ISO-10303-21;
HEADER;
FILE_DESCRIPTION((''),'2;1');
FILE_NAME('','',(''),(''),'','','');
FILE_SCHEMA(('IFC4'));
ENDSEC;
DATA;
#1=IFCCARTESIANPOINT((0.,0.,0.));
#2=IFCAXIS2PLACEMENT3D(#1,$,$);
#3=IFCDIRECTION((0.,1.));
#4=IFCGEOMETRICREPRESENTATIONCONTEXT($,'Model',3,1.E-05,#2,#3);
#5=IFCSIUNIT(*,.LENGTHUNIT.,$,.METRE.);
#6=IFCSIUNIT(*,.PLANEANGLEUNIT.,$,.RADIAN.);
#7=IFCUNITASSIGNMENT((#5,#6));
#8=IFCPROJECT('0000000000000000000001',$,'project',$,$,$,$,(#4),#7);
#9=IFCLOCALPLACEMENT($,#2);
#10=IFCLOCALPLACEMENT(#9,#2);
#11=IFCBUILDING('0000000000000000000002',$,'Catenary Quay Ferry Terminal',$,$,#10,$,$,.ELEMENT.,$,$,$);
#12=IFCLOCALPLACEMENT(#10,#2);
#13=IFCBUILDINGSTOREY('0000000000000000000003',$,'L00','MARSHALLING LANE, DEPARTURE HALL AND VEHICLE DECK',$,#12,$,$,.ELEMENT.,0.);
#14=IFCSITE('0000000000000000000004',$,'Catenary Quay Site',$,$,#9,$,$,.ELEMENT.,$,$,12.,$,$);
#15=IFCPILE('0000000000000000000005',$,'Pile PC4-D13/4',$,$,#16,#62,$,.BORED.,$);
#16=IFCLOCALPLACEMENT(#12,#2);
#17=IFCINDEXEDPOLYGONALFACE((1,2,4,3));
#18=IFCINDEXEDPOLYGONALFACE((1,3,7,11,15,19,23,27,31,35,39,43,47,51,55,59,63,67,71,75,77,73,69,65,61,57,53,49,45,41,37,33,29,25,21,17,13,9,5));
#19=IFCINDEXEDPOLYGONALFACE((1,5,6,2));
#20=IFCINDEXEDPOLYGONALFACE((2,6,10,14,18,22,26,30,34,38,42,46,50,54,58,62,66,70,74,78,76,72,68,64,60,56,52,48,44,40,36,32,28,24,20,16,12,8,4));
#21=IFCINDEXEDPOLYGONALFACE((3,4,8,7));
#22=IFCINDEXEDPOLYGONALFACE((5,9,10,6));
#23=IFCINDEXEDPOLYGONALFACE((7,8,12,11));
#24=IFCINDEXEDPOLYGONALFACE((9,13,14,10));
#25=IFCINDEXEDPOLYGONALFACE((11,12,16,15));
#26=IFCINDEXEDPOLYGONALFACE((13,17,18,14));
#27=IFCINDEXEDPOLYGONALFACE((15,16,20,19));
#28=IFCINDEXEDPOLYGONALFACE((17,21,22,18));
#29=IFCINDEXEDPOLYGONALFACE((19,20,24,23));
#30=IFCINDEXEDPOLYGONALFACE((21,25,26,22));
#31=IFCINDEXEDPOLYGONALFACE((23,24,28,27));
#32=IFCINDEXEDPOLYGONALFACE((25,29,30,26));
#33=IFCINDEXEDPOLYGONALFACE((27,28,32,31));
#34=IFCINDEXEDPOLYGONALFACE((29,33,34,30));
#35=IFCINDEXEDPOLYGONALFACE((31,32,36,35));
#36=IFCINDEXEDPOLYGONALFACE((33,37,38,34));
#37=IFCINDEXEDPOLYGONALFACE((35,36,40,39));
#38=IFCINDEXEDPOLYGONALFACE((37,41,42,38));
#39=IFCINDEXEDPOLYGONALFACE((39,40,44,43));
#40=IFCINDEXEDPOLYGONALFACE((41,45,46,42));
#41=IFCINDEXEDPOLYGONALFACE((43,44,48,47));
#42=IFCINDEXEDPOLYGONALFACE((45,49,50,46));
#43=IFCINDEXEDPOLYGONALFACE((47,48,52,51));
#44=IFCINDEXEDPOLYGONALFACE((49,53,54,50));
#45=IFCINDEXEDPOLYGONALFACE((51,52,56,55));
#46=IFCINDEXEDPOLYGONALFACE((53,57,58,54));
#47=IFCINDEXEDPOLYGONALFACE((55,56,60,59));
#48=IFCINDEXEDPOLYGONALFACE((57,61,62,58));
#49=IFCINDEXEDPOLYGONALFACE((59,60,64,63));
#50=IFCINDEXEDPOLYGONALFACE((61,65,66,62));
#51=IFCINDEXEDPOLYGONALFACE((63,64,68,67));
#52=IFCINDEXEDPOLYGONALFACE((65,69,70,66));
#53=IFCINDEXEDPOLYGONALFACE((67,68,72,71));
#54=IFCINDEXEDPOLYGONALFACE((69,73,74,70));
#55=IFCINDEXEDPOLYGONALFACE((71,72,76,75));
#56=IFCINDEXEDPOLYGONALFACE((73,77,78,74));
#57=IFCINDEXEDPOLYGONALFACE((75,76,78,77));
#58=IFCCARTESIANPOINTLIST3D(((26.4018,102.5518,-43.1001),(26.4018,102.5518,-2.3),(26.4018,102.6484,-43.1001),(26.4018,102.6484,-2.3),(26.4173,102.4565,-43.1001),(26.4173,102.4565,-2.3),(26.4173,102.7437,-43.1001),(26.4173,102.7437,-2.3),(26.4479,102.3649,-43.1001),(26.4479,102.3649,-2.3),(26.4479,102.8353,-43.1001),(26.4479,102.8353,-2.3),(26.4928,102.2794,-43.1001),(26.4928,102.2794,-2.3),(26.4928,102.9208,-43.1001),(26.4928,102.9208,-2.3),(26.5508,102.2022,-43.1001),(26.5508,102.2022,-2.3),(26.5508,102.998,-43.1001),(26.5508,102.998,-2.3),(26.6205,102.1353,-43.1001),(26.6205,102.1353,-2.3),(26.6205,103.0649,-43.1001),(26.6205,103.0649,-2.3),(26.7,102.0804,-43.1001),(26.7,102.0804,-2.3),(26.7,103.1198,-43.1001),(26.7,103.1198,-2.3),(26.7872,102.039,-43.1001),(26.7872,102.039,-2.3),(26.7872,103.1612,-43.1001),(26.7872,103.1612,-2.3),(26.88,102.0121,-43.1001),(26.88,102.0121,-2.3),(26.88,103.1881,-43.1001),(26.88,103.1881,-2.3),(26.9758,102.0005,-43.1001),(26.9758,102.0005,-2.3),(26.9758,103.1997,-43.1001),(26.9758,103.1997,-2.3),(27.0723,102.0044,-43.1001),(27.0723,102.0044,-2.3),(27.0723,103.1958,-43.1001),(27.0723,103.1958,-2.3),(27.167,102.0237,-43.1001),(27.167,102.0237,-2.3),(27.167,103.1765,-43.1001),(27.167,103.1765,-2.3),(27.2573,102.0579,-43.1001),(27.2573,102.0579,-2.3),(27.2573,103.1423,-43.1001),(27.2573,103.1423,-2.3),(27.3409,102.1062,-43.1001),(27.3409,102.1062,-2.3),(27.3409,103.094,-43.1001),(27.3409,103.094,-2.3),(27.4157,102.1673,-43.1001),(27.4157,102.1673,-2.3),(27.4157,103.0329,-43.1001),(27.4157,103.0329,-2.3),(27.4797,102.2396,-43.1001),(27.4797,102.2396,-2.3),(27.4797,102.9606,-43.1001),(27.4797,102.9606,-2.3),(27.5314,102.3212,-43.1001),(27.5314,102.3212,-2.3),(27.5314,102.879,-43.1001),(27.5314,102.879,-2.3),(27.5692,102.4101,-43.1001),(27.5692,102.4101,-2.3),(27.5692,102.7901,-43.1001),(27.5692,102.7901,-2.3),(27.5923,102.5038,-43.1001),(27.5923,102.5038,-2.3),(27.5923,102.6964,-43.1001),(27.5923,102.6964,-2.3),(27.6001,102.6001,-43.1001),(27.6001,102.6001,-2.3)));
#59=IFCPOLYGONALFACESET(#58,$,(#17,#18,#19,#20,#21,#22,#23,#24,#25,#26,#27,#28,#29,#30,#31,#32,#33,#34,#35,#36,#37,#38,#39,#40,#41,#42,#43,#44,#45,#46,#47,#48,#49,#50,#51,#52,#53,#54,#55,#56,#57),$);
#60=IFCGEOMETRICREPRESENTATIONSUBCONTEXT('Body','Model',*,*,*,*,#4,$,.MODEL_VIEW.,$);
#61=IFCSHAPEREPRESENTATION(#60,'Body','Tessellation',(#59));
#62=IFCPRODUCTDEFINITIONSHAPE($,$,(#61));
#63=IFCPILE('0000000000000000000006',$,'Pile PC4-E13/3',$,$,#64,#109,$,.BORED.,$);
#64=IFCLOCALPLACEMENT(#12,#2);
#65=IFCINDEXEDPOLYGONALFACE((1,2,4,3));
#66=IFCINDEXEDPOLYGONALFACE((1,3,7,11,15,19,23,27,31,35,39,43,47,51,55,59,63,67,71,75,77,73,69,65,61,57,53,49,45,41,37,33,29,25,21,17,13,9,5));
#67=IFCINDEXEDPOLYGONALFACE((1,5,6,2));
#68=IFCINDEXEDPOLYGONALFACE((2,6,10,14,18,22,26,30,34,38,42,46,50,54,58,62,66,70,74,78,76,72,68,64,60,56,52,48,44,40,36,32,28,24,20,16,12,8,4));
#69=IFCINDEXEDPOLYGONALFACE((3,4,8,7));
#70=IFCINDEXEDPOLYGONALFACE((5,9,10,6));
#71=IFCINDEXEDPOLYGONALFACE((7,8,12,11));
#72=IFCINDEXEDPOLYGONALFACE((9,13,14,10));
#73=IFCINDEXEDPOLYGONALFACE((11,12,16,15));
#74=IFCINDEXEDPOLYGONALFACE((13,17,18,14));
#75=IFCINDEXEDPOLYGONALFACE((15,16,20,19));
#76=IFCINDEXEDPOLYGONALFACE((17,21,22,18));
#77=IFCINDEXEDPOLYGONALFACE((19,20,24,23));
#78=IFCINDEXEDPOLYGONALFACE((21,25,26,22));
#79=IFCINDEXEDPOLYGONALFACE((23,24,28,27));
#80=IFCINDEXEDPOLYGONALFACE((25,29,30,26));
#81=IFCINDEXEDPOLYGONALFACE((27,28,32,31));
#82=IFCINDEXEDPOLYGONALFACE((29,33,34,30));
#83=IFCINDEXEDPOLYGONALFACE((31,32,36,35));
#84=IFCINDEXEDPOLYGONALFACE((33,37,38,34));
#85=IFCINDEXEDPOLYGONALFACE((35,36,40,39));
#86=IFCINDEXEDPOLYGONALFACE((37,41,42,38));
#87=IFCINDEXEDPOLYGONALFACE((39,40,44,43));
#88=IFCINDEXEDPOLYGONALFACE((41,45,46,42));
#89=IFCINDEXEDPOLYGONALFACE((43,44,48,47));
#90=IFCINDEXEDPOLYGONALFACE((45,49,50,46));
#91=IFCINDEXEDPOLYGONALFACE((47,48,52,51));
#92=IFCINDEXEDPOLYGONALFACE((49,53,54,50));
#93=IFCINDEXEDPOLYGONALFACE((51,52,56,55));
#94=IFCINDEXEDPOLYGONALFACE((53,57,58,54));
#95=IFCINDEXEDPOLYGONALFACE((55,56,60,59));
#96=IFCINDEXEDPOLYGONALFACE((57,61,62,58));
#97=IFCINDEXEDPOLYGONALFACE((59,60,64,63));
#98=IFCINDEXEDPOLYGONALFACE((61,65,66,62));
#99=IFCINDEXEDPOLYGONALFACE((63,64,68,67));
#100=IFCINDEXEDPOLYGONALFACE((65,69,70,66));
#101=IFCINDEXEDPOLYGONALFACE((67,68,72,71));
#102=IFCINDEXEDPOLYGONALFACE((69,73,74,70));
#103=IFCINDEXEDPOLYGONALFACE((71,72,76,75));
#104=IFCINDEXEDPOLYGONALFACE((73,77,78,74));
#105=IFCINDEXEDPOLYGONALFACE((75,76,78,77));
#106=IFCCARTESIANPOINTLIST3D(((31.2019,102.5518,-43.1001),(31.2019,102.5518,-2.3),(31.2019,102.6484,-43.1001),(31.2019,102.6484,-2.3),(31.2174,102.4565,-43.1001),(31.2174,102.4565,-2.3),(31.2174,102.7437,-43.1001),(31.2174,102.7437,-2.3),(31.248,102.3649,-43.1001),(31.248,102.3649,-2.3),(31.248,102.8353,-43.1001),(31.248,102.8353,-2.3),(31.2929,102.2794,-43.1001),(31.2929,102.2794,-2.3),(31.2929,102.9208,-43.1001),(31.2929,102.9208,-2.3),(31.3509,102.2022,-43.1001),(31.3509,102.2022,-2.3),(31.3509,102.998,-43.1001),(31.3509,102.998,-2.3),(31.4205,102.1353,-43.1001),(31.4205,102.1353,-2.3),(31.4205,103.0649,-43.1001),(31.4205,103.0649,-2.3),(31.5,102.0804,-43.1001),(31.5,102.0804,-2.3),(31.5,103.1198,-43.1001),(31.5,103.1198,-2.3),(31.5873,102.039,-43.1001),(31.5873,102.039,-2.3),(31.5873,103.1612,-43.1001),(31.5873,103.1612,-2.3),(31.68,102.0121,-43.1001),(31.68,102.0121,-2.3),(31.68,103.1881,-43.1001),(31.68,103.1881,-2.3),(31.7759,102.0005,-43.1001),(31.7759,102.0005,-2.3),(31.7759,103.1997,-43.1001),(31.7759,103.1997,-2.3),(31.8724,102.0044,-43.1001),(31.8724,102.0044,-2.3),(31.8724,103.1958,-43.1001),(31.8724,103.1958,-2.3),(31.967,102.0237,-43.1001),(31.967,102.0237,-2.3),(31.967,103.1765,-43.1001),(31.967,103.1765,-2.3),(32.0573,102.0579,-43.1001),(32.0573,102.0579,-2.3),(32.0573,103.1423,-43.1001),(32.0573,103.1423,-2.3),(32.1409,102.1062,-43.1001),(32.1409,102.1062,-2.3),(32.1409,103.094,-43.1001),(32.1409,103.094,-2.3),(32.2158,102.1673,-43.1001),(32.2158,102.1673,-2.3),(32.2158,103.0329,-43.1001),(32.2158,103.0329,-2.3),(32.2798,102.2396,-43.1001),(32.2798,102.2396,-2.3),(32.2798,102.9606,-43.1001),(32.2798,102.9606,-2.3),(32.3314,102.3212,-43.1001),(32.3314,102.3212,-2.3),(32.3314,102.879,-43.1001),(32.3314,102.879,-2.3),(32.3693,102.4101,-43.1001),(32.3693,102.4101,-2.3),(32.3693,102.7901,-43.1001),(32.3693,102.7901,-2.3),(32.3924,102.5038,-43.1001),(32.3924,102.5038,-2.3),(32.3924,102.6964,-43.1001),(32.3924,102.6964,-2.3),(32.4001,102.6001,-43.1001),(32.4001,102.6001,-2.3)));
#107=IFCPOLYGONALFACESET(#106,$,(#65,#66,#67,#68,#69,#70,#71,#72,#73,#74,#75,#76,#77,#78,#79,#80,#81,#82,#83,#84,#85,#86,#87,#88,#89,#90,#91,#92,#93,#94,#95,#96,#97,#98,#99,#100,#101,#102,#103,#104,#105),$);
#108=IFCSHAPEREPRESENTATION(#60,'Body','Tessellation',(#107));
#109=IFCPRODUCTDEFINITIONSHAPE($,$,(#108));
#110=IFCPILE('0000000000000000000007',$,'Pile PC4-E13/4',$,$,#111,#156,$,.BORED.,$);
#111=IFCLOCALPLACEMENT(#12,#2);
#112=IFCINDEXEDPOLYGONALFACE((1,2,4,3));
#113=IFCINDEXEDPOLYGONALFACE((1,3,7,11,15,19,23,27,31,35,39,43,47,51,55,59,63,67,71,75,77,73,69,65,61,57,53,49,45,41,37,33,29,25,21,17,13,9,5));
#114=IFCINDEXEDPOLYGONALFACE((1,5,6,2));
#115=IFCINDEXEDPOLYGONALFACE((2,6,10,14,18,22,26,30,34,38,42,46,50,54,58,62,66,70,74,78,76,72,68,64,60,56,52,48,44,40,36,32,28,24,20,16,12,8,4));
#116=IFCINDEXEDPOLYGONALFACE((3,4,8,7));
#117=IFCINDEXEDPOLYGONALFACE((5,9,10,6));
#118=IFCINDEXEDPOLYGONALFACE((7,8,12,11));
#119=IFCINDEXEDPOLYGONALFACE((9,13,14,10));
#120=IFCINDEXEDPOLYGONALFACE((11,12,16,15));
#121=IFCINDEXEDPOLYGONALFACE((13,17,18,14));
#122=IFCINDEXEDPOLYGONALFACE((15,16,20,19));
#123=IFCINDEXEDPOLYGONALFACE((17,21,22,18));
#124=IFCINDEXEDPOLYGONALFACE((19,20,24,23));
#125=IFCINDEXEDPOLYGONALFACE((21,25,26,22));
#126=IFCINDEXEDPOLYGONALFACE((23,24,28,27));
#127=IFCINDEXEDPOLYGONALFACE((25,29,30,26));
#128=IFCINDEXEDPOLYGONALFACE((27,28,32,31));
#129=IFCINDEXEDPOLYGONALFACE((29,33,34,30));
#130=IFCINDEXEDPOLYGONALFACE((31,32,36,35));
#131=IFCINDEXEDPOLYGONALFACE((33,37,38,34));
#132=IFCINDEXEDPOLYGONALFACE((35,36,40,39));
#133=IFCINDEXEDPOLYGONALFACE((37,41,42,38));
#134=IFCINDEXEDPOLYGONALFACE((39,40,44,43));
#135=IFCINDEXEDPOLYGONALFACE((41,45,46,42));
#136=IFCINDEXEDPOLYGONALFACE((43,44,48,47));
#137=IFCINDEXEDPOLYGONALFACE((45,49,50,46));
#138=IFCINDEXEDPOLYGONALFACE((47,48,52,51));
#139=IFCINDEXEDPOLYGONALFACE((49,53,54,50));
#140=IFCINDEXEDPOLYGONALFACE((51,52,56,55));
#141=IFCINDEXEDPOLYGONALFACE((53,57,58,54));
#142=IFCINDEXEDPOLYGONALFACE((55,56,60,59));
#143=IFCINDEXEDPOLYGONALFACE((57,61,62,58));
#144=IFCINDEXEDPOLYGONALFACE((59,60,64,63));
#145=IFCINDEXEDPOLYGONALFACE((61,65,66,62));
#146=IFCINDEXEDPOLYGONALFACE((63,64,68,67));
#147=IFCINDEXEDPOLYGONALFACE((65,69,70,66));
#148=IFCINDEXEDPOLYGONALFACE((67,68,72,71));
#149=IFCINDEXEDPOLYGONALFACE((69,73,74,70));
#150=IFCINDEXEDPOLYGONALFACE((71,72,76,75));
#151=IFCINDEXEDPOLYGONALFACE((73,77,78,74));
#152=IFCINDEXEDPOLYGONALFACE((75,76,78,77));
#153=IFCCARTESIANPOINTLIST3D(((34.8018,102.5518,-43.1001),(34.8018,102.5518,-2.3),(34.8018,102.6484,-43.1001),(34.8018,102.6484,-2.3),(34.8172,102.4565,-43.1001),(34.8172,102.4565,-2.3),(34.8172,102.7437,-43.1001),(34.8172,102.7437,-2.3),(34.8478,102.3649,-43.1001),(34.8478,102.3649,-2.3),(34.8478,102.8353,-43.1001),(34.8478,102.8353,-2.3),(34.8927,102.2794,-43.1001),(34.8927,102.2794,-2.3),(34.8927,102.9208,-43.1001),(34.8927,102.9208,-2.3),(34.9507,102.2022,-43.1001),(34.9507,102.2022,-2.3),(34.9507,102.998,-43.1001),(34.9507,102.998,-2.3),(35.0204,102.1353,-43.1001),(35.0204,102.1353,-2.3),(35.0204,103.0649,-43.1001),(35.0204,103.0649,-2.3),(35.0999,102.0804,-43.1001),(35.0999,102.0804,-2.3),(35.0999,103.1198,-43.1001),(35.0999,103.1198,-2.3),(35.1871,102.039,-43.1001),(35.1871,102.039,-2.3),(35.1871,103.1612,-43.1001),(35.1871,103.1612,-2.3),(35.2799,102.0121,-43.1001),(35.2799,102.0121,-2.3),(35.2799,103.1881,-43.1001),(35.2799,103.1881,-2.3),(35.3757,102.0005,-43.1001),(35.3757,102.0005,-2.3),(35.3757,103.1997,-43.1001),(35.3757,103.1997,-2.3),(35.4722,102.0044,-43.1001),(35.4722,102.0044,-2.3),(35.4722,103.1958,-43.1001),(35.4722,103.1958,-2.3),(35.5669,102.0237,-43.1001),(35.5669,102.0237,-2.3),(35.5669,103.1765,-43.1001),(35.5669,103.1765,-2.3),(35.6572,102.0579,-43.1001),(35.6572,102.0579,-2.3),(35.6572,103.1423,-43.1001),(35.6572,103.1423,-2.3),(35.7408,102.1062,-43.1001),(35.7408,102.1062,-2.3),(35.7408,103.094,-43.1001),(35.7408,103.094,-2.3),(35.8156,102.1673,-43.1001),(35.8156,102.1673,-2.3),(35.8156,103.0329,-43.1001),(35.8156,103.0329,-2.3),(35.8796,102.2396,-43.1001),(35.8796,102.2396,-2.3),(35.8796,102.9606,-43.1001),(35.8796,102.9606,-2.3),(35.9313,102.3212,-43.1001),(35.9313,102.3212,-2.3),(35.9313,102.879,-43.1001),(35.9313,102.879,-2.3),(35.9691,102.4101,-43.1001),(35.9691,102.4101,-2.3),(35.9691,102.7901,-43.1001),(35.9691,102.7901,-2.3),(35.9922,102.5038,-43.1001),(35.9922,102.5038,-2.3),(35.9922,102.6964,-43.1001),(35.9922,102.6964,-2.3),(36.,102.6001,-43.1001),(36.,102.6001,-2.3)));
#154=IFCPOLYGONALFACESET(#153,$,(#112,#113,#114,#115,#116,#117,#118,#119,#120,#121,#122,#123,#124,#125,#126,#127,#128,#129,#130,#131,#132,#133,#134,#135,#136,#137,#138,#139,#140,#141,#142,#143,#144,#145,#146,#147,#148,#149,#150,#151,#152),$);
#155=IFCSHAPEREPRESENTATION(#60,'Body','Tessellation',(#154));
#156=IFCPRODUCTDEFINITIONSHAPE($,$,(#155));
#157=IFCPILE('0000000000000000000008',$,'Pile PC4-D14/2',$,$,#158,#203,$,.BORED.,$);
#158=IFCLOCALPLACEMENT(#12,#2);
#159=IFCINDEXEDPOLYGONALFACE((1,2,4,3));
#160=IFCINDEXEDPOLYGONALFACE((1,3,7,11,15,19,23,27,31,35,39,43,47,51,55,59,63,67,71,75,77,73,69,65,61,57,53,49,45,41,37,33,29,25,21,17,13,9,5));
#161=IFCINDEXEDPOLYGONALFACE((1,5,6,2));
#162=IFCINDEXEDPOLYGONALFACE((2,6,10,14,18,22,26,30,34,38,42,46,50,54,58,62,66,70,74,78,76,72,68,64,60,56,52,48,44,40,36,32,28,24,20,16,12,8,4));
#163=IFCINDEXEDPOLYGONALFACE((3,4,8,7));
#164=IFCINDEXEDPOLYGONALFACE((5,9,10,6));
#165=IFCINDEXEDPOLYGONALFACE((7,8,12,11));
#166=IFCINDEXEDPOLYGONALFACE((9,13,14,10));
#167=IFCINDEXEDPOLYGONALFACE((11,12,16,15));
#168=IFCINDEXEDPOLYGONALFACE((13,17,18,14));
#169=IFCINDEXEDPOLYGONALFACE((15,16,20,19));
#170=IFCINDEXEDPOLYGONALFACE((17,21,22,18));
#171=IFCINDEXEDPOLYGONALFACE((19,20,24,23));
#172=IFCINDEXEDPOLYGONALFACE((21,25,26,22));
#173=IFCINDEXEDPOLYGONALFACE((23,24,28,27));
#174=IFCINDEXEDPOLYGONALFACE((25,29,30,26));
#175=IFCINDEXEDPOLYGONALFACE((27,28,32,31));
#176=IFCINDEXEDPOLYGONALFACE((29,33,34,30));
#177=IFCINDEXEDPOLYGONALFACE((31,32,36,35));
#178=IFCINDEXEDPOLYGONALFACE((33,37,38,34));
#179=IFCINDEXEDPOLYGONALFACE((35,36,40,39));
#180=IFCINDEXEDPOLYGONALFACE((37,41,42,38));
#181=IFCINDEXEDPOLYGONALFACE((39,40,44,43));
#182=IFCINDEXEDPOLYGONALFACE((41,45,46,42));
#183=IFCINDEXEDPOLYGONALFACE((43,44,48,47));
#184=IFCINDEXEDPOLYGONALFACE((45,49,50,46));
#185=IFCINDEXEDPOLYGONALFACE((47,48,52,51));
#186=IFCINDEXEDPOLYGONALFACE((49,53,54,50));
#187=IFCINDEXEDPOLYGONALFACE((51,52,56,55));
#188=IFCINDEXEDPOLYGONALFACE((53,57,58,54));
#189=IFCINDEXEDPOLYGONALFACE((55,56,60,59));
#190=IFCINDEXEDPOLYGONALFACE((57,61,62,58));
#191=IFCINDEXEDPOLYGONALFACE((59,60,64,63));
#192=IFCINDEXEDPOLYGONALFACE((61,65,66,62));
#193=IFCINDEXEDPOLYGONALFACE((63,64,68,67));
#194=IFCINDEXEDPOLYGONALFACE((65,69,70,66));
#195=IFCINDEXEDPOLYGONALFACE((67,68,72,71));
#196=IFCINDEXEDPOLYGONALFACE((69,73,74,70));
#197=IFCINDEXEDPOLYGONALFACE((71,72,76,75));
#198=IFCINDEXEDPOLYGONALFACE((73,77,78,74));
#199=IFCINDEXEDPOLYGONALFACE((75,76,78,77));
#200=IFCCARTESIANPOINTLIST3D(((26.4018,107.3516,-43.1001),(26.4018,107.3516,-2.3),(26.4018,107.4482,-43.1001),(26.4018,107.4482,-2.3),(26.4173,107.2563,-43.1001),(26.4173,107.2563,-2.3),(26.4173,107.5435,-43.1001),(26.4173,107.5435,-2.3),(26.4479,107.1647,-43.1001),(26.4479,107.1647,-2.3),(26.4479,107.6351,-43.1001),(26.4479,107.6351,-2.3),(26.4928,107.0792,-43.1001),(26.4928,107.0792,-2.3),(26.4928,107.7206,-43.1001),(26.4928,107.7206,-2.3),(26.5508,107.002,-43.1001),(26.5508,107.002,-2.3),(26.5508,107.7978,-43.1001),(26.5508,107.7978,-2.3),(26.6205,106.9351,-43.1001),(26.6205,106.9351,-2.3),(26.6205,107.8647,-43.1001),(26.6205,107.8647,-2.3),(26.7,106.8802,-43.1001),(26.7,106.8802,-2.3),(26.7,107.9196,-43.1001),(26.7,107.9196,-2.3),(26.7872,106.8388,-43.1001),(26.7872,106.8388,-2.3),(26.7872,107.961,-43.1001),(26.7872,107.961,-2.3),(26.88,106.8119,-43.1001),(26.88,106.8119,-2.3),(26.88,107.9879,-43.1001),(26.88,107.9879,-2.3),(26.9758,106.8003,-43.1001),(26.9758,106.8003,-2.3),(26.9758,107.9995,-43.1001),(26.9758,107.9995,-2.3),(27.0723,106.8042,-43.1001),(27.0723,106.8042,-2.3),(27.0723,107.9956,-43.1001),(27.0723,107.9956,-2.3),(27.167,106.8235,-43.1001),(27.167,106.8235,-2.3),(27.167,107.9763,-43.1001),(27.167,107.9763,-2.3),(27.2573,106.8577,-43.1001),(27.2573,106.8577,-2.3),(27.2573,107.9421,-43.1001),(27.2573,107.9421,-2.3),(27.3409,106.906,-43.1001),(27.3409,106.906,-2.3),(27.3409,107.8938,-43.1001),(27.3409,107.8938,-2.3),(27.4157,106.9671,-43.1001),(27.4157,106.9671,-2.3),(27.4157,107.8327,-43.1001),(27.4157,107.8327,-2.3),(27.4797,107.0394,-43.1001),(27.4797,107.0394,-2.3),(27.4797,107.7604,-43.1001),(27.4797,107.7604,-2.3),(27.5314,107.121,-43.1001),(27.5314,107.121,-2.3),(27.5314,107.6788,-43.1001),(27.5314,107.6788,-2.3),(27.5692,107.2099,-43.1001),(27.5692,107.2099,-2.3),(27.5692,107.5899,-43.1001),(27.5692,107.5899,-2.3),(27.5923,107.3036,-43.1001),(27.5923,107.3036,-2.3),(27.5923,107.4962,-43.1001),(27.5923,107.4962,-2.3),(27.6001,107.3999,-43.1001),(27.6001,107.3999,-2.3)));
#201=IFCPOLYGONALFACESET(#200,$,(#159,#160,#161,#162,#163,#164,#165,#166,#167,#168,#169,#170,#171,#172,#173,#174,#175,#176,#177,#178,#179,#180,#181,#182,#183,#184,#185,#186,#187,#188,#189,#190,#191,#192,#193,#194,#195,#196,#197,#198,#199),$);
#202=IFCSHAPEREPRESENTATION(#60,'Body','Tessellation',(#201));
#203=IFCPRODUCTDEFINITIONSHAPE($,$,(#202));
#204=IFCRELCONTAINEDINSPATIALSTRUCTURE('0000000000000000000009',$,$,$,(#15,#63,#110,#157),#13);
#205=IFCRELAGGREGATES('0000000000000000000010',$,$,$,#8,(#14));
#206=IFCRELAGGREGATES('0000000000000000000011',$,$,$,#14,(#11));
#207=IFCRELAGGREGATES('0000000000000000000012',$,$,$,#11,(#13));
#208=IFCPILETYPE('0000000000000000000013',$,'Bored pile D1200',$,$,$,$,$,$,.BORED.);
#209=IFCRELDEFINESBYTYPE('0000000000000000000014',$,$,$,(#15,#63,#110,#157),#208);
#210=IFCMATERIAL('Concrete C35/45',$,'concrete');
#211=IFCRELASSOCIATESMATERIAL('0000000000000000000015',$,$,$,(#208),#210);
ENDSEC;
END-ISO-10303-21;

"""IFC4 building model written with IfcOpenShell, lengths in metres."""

from ifc_helpers import new_model, si_unit, direction, frame, origin, origin_2d, place, context, subcontext, project, spatial, circle, extrude, material, material_profile, profile_set, type_object, element, save


model = new_model("IFC4")

# Units and contexts
model_context = context("Model", 3, precision=1e-05, world=origin(), true_north=direction((0.0, 1.0)))
body_context = subcontext(model_context, "Body", "Model", "MODEL_VIEW")
ifc_project = project(units=[si_unit("LENGTHUNIT", "METRE"), si_unit("PLANEANGLEUNIT", "RADIAN")], contexts=[model_context])

# Site, building, storey
site_placement = place(None, origin())
site = spatial("IfcSite", under=ifc_project, at=site_placement, Name="Catenary Quay Site", CompositionType="ELEMENT", RefElevation=12.0)
building_placement = place(site_placement, origin())
building = spatial("IfcBuilding", under=site, at=building_placement, Name="Catenary Quay Ferry Terminal", CompositionType="ELEMENT")
storey_placement = place(building_placement, origin())
storey = spatial("IfcBuildingStorey", under=building, at=storey_placement, Name="L00", Description="MARSHALLING LANE, DEPARTURE HALL AND VEHICLE DECK", CompositionType="ELEMENT", Elevation=0.0)

# Piles
ifc_material_1 = material(Name="Concrete C35/45", Category="concrete")
ifc_material_profile_1 = material_profile(ifc_material_1, circle(Radius=0.6001, at=origin_2d()), Name="D1200")
ifc_profile_set_1 = profile_set([ifc_material_profile_1], Name="Concrete C35/45")
pile_type = type_object("IfcPileType", Name="Bored pile D1200", PredefinedType="BORED", material=ifc_profile_set_1)
for number, where, z_axis, x_axis, name in (
    (1, (27.0, 102.6001, -2.3), (0.0, 0.0, -1.0), (1.0, 0.0, 0.0), "Pile PC4-D13/4"),
    (2, (31.8, 102.6001, -2.3), (0.0, 0.0, -1.0), (1.0, 0.0, 0.0), "Pile PC4-E13/3"),
    (3, (35.3999, 102.6001, -2.3), (0.0, 0.0, -1.0), (1.0, 0.0, 0.0), "Pile PC4-E13/4"),
    (4, (27.0, 107.3999, -2.3), (0.0, 0.0, -1.0), (1.0, 0.0, 0.0), "Pile PC4-D14/2"),
):
    element("IfcPile", number, at=place(storey_placement, frame(where, z_axis=z_axis, x_axis=x_axis)), inside=storey, type_object=pile_type, Name=name, PredefinedType="BORED", context=body_context, shape_type="SweptSolid", body=[
        extrude(circle(Radius=0.6001, at=origin_2d()), origin(), (0.0, 0.0, 1.0), 40.8),
    ])

save(model, "model.ifc")
